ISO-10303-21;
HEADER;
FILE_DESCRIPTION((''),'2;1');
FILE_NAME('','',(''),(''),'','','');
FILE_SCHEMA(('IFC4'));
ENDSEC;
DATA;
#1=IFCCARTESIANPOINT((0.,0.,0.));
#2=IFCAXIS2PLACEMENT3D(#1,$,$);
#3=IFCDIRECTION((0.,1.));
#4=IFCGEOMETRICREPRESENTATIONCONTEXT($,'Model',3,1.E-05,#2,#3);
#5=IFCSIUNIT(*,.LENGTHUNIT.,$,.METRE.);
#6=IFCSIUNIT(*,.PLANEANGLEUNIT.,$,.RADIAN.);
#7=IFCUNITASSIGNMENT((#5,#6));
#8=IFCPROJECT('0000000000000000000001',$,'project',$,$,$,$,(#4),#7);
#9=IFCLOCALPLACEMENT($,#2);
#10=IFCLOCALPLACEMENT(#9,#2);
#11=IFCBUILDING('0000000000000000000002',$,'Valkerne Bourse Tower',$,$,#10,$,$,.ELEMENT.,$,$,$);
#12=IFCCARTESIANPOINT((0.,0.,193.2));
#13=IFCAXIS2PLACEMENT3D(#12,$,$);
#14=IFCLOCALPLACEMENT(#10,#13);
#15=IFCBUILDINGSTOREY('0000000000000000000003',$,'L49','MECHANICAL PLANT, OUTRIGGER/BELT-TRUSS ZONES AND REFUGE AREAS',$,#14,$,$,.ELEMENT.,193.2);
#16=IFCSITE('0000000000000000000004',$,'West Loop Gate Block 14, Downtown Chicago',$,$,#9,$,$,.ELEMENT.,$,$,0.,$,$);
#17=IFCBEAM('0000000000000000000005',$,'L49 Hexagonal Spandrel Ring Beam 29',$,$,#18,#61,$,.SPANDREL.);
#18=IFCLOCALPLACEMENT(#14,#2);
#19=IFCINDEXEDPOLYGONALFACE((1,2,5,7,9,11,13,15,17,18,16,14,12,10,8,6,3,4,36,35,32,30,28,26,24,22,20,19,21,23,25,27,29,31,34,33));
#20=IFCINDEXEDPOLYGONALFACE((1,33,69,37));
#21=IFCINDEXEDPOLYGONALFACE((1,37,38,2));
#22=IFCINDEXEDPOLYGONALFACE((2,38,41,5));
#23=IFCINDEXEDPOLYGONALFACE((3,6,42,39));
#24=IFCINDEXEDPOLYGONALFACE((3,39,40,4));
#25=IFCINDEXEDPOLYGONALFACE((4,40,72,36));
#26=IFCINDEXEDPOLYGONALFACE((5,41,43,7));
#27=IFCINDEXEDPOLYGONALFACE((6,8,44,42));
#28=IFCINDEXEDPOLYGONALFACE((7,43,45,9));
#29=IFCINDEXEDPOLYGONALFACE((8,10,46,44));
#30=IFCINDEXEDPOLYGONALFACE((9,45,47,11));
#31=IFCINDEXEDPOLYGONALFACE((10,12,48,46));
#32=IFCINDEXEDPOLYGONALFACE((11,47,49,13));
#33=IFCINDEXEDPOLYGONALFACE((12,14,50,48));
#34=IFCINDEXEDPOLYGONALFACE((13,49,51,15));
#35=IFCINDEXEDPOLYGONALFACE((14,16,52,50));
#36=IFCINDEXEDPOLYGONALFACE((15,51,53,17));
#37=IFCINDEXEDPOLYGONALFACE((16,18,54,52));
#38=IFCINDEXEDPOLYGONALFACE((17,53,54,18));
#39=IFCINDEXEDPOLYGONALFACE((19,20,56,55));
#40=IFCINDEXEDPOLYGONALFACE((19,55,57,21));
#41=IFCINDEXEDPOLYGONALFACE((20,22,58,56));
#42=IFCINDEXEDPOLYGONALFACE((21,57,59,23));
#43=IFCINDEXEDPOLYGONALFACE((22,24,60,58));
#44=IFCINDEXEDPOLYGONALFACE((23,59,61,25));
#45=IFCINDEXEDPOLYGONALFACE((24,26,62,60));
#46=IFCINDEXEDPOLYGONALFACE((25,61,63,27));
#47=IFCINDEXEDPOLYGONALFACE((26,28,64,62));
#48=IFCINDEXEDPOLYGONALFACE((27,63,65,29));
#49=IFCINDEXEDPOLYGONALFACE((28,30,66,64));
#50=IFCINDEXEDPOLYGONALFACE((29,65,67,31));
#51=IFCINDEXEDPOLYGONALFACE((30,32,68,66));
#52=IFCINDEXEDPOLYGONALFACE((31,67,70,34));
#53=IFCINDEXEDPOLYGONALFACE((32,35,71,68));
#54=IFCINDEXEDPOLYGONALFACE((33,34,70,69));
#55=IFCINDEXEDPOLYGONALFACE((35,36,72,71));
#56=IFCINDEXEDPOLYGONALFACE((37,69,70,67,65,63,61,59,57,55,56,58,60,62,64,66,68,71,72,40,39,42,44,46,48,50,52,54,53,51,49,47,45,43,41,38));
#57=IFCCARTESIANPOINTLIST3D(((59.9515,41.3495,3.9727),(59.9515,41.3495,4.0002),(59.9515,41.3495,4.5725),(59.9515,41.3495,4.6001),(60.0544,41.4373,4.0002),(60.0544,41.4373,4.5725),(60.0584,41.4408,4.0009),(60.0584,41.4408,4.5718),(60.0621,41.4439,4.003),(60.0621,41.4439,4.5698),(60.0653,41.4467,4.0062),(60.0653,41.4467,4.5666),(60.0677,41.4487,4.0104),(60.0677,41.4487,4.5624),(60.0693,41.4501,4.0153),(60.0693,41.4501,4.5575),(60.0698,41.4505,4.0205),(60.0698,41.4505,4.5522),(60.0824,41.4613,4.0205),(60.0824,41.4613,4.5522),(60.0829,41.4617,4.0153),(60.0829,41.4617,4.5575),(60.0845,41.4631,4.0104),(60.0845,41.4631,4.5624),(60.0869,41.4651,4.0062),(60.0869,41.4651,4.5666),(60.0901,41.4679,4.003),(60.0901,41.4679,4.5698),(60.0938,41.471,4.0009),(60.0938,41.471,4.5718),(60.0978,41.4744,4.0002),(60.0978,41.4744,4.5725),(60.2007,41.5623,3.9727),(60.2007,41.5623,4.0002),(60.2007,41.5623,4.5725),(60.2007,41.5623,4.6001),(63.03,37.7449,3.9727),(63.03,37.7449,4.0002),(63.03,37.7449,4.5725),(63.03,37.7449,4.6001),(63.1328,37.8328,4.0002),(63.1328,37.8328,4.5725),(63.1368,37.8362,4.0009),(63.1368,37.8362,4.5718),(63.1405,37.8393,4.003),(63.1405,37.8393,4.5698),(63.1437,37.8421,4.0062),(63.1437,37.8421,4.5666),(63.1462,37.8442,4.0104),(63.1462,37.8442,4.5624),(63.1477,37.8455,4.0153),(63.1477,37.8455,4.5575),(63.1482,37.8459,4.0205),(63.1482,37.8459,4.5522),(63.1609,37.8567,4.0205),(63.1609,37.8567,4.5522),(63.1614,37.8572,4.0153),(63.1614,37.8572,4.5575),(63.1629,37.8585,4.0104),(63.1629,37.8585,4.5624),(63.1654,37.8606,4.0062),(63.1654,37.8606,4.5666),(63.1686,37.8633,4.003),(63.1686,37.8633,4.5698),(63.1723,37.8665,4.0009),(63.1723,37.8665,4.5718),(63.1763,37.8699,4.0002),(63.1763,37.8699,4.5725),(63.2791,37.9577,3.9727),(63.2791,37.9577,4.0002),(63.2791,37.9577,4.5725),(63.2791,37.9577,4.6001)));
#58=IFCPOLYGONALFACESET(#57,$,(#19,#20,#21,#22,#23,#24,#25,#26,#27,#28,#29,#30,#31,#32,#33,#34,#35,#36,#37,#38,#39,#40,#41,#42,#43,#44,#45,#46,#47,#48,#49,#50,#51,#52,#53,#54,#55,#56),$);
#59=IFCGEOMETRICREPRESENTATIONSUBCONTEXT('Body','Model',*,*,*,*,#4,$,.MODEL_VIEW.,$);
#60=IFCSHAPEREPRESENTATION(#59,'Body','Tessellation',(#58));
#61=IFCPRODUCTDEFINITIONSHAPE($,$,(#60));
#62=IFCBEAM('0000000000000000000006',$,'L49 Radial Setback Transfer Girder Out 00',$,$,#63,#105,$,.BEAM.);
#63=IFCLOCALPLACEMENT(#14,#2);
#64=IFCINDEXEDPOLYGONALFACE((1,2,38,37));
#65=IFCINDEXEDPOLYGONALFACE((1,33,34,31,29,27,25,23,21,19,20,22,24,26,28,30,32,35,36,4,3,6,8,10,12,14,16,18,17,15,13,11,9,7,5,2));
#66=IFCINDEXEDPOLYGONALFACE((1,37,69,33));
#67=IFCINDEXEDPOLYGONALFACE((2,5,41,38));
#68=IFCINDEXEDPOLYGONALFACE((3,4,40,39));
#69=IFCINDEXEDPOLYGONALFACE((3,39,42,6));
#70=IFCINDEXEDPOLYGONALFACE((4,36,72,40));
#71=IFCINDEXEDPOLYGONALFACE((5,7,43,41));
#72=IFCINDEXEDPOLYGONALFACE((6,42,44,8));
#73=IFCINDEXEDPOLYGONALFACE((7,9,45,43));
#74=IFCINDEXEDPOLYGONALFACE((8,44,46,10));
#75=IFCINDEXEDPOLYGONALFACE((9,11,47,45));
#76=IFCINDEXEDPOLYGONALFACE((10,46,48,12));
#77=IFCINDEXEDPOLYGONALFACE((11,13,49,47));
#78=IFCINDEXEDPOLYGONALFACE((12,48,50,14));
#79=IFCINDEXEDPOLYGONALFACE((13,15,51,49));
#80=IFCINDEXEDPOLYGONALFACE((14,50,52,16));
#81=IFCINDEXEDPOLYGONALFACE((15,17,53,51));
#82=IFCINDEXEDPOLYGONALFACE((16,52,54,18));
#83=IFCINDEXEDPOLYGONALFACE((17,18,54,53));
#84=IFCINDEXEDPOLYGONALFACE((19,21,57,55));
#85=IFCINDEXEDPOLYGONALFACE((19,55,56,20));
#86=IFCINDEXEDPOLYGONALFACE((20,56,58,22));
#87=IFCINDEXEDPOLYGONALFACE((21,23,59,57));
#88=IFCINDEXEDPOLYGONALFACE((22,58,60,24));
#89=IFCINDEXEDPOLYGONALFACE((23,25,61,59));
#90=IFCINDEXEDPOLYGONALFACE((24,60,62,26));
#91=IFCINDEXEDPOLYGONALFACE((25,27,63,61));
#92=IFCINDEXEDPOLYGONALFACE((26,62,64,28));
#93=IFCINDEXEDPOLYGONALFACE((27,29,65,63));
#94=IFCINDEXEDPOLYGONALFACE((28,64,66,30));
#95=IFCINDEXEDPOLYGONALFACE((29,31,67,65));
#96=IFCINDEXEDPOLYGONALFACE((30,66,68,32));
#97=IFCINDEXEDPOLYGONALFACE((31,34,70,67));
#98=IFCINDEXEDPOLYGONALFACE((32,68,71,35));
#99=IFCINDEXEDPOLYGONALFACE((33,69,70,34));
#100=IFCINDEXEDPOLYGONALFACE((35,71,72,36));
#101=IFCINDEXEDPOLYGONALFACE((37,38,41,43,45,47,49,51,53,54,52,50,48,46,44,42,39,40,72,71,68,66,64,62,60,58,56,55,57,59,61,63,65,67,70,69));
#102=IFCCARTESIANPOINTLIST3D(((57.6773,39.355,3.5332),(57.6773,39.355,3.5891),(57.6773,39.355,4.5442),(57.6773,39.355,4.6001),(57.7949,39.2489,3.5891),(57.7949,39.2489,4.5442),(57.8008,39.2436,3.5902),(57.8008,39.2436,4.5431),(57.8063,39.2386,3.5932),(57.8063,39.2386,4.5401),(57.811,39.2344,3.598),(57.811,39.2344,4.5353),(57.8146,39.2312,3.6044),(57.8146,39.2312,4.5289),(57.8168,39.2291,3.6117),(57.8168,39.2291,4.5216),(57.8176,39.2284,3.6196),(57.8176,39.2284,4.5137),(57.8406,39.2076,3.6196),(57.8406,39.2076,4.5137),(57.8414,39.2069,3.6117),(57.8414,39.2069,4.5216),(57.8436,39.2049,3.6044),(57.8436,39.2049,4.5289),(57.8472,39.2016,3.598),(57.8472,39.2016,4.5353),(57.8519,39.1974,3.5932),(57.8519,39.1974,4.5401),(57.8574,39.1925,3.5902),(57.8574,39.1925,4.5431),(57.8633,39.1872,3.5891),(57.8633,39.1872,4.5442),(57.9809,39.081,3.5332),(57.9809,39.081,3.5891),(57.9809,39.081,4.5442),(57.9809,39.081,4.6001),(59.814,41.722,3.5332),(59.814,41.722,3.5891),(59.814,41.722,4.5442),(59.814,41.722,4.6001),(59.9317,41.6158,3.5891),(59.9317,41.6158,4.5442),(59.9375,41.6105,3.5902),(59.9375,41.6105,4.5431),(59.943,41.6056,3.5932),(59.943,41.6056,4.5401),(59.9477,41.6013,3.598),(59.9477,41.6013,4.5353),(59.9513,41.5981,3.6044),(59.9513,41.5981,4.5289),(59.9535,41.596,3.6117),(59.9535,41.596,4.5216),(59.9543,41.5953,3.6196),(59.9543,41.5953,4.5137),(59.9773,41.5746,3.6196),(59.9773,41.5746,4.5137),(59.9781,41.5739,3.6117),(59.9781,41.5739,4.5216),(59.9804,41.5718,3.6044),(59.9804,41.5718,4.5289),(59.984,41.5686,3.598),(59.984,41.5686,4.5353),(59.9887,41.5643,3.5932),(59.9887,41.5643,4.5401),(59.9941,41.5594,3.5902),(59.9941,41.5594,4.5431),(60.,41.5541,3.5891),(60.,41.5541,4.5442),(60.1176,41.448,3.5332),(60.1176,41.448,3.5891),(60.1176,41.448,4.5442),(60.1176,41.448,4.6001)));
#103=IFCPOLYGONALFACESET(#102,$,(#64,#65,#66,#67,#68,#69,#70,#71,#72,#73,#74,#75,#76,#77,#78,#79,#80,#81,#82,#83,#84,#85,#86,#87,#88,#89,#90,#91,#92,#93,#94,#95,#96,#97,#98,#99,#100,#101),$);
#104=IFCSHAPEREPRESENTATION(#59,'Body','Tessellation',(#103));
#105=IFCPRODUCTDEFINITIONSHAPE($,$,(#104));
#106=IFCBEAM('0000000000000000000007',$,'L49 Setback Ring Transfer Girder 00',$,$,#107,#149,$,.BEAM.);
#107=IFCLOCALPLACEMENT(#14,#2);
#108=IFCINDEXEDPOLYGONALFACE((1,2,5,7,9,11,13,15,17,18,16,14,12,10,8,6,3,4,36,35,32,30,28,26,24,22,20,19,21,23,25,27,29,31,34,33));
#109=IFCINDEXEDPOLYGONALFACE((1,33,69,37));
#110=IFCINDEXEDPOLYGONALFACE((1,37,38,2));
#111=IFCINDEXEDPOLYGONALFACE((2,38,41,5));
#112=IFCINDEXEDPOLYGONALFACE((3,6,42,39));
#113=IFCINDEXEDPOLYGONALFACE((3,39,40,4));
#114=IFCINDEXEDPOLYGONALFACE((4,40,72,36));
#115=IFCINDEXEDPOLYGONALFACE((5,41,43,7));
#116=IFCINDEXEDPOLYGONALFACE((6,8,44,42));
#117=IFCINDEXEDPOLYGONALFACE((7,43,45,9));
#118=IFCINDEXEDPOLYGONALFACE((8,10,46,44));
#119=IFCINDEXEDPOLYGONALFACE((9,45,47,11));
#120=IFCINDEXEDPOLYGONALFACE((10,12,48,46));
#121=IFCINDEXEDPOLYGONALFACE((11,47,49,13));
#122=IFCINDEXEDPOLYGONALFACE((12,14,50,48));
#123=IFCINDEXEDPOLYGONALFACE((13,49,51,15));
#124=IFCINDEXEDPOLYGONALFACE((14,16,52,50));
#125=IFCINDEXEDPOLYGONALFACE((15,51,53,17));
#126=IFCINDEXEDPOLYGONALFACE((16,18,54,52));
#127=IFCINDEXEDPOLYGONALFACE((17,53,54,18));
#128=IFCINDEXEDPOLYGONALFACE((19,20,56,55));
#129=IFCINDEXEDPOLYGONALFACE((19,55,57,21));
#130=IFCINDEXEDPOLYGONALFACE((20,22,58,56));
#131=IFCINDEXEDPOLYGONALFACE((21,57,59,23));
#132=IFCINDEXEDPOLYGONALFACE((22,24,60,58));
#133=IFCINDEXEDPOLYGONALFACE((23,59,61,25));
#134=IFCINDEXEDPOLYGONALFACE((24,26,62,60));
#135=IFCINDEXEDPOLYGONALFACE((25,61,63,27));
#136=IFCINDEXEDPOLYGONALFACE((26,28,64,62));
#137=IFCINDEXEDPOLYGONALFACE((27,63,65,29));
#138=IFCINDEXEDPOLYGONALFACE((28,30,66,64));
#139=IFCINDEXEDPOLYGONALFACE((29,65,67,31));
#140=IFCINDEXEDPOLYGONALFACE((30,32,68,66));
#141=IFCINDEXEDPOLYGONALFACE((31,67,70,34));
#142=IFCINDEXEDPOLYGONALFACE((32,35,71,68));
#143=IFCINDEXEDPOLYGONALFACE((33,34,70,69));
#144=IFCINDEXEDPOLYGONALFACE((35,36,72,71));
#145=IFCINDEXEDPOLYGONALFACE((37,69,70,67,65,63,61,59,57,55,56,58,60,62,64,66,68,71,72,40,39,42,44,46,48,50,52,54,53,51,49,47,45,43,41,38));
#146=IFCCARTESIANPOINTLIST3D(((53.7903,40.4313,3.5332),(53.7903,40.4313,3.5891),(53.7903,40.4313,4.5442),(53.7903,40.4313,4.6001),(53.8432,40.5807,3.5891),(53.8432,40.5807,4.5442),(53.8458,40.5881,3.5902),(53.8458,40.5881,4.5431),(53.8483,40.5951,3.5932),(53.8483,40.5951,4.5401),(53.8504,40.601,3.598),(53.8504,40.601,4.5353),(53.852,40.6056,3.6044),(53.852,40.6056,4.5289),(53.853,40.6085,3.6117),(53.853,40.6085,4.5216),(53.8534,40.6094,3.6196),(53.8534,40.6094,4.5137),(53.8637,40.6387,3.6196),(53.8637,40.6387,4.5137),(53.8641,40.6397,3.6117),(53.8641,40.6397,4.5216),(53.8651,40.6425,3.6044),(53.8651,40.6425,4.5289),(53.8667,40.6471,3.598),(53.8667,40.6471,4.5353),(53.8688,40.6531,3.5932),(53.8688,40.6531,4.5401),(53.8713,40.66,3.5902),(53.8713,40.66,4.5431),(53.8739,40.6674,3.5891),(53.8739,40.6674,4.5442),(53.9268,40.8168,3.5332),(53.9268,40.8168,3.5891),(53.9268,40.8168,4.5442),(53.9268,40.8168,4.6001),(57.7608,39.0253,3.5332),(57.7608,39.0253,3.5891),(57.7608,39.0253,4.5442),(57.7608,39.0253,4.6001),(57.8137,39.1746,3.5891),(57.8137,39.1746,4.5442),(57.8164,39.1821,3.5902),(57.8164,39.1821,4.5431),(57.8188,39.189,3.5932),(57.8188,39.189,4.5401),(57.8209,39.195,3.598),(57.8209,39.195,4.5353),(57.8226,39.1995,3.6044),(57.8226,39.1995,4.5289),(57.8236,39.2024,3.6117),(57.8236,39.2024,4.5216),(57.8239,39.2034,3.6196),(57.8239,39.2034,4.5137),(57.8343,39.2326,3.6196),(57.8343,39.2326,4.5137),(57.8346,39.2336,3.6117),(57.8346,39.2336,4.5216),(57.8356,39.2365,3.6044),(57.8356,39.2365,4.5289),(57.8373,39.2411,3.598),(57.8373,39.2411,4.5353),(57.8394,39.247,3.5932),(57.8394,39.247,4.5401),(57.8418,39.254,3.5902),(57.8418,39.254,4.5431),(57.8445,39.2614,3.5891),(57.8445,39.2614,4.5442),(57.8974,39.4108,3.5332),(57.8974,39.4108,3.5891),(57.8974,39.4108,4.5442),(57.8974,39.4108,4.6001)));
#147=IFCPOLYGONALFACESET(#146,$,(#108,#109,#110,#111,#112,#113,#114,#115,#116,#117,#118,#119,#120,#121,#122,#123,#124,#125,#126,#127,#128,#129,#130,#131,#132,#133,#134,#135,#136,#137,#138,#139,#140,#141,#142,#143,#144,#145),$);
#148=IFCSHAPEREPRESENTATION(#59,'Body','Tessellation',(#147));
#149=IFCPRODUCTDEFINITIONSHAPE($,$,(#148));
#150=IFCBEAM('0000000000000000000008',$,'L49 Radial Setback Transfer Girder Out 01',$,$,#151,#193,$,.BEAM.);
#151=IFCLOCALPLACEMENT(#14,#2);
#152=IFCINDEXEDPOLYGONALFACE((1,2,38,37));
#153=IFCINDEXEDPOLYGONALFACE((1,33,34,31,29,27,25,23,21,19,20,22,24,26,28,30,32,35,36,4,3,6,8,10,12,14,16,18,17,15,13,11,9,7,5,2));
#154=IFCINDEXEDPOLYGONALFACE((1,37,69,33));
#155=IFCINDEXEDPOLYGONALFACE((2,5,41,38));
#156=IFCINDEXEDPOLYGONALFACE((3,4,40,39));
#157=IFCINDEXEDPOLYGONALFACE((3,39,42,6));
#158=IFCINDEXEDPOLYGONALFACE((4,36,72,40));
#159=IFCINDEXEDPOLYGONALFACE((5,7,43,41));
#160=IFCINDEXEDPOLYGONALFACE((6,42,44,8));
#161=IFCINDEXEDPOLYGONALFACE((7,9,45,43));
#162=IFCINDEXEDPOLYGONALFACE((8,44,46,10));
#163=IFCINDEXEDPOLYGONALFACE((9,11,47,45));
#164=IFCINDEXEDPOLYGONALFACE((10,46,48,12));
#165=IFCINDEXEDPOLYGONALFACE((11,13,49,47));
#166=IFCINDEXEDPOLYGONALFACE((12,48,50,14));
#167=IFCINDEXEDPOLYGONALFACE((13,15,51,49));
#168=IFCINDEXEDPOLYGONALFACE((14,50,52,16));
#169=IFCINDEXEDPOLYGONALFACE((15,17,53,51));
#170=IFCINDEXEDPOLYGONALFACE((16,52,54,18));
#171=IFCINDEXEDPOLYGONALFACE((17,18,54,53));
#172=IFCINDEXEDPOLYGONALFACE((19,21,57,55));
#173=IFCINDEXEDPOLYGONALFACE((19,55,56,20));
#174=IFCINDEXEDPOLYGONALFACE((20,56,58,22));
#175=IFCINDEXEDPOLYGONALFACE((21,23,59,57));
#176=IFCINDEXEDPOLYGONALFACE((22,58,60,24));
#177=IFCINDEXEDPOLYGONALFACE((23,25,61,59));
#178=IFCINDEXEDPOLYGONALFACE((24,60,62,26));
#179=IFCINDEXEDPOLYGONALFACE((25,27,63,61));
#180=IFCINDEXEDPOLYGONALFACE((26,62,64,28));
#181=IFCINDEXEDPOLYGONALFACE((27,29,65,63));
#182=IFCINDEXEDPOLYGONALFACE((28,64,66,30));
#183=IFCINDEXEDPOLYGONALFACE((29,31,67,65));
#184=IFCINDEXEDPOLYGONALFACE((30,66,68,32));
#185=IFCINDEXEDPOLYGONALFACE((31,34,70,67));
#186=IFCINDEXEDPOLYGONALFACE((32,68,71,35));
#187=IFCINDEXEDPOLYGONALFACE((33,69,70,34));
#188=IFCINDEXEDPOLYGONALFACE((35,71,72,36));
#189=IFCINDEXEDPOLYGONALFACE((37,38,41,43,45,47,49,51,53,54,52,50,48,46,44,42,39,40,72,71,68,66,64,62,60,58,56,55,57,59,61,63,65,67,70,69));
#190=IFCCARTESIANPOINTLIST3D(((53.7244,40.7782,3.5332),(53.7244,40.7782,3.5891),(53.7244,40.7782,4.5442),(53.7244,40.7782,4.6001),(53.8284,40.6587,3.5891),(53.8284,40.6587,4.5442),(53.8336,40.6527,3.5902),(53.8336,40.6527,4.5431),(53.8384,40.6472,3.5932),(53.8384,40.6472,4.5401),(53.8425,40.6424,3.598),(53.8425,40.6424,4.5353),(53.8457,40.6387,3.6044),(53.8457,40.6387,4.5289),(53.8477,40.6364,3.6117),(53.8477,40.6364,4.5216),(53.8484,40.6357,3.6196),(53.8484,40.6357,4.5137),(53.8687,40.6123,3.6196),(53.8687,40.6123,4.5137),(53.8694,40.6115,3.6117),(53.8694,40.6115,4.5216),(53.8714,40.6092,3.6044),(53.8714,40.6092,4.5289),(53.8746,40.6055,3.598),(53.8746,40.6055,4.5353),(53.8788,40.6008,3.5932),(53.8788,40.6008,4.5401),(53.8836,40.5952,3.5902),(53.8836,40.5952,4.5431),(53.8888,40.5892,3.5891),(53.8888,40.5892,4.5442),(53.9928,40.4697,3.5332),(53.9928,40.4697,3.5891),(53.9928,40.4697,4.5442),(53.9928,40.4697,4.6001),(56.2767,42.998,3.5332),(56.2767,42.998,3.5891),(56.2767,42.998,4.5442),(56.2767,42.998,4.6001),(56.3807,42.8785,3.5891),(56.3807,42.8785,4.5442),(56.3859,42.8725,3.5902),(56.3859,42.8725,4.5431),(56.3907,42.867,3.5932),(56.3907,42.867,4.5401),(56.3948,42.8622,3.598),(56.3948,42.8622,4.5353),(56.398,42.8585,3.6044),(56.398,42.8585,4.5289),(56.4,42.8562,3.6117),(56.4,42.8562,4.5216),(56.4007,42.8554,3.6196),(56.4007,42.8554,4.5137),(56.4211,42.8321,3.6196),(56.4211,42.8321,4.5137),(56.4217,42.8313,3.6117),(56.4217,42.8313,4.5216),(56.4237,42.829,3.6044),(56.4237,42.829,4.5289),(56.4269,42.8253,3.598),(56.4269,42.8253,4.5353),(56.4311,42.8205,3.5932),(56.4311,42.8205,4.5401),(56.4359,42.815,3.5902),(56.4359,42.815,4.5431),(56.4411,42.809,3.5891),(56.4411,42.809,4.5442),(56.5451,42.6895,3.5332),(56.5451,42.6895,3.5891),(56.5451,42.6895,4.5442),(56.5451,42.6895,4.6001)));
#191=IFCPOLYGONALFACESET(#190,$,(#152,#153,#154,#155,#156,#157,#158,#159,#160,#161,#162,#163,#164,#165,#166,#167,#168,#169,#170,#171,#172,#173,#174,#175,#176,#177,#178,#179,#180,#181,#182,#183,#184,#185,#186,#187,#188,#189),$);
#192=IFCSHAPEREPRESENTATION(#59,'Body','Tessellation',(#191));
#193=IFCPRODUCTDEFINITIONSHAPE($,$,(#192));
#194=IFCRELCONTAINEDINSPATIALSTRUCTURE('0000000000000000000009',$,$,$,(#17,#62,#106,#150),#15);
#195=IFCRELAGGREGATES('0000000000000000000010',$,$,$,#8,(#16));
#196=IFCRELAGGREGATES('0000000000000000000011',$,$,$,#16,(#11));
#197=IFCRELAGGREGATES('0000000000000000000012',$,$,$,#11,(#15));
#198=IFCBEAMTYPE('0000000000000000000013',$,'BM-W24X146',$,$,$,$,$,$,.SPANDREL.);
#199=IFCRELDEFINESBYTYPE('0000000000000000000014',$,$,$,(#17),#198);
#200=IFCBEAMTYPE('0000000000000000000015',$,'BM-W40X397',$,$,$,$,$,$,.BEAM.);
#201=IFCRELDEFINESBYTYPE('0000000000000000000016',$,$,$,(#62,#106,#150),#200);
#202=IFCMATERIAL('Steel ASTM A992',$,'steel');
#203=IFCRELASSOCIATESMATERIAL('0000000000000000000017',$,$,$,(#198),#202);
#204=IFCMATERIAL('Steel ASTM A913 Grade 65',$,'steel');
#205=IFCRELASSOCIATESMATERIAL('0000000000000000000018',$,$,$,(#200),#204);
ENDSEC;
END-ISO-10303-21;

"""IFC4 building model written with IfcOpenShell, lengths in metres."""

from ifc_helpers import new_model, si_unit, direction, frame, origin, origin_2d, place, context, subcontext, project, spatial, i_section, extrude, material, material_profile, profile_set, type_object, element, save


model = new_model("IFC4")

# Units and contexts
model_context = context("Model", 3, precision=1e-05, world=origin(), true_north=direction((0.0, 1.0)))
body_context = subcontext(model_context, "Body", "Model", "MODEL_VIEW")
ifc_project = project(units=[si_unit("LENGTHUNIT", "METRE"), si_unit("PLANEANGLEUNIT", "RADIAN")], contexts=[model_context])

# Site, building, storey
site_placement = place(None, origin())
site = spatial("IfcSite", under=ifc_project, at=site_placement, Name="West Loop Gate Block 14, Downtown Chicago", CompositionType="ELEMENT", RefElevation=0.0)
building_placement = place(site_placement, origin())
building = spatial("IfcBuilding", under=site, at=building_placement, Name="Valkerne Bourse Tower", CompositionType="ELEMENT")
storey_placement = place(building_placement, frame((0.0, 0.0, 193.2)))
storey = spatial("IfcBuildingStorey", under=building, at=storey_placement, Name="L49", Description="MECHANICAL PLANT, OUTRIGGER/BELT-TRUSS ZONES AND REFUGE AREAS", CompositionType="ELEMENT", Elevation=193.2)

# Shared definitions
ifc_material_1 = material(Name="Steel ASTM A913 Grade 65", Category="steel")

# Beams
ifc_material_2 = material(Name="Steel ASTM A992", Category="steel")
ifc_material_profile_1 = material_profile(ifc_material_2, i_section(OverallWidth=0.3276, OverallDepth=0.6274, WebThickness=0.0166, FlangeThickness=0.0276, FilletRadius=0.0203, at=origin_2d()), Name="W24X146")
ifc_profile_set_1 = profile_set([ifc_material_profile_1], Name="Steel ASTM A992")
beam_type_1 = type_object("IfcBeamType", Name="BM-W24X146", PredefinedType="SPANDREL", material=ifc_profile_set_1)
beam_1_placement = place(storey_placement, frame((63.1545, 37.8513, 4.2864), z_axis=(-0.649429, 0.760422, 0.0), x_axis=(-0.760422, -0.649429, 0.0)))
element("IfcBeam", 1, at=beam_1_placement, inside=storey, type_object=beam_type_1, Name="L49 Hexagonal Spandrel Ring Beam 29", PredefinedType="SPANDREL", context=body_context, shape_type="SweptSolid", body=[
    extrude(i_section(OverallWidth=0.3276, OverallDepth=0.6274, WebThickness=0.0166, FlangeThickness=0.0276, FilletRadius=0.0203, at=origin_2d()), origin(), (0.0, 0.0, 1.0), 4.7402),
])
ifc_material_profile_2 = material_profile(ifc_material_1, i_section(OverallWidth=0.4089, OverallDepth=1.0669, WebThickness=0.031, FlangeThickness=0.0559, FilletRadius=0.0305, at=origin_2d()), Name="W40X397")
ifc_profile_set_2 = profile_set([ifc_material_profile_2], Name="Steel ASTM A913 Grade 65")
beam_type_2 = type_object("IfcBeamType", Name="BM-W40X397", PredefinedType="BEAM", material=ifc_profile_set_2)
beam_2_placement = place(storey_placement, frame((59.9658, 41.585, 4.0667), z_axis=(-0.670085, -0.742284, 0.0), x_axis=(0.742284, -0.670085, 0.0)))
element("IfcBeam", 2, at=beam_2_placement, inside=storey, type_object=beam_type_2, Name="L49 Radial Setback Transfer Girder Out 00", PredefinedType="BEAM", context=body_context, shape_type="SweptSolid", body=[
    extrude(i_section(OverallWidth=0.4089, OverallDepth=1.0669, WebThickness=0.031, FlangeThickness=0.0559, FilletRadius=0.0305, at=origin_2d()), origin(), (0.0, 0.0, 1.0), 3.1887),
])
beam_3_placement = place(storey_placement, frame((57.8291, 39.218, 4.0667), z_axis=(-0.942642, 0.333805, 0.0), x_axis=(-0.333805, -0.942642, 0.0)))
element("IfcBeam", 3, at=beam_3_placement, inside=storey, type_object=beam_type_2, Name="L49 Setback Ring Transfer Girder 00", PredefinedType="BEAM", context=body_context, shape_type="SweptSolid", body=[
    extrude(i_section(OverallWidth=0.4089, OverallDepth=1.0669, WebThickness=0.031, FlangeThickness=0.0559, FilletRadius=0.0305, at=origin_2d()), origin(), (0.0, 0.0, 1.0), 4.2122),
])
beam_4_placement = place(storey_placement, frame((56.4109, 42.8438, 4.0667), z_axis=(-0.75455, -0.656243, 0.0), x_axis=(0.656243, -0.75455, 0.0)))
element("IfcBeam", 4, at=beam_4_placement, inside=storey, type_object=beam_type_2, Name="L49 Radial Setback Transfer Girder Out 01", PredefinedType="BEAM", context=body_context, shape_type="SweptSolid", body=[
    extrude(i_section(OverallWidth=0.4089, OverallDepth=1.0669, WebThickness=0.031, FlangeThickness=0.0559, FilletRadius=0.0305, at=origin_2d()), origin(), (0.0, 0.0, 1.0), 3.3826),
])

save(model, "model.ifc")
